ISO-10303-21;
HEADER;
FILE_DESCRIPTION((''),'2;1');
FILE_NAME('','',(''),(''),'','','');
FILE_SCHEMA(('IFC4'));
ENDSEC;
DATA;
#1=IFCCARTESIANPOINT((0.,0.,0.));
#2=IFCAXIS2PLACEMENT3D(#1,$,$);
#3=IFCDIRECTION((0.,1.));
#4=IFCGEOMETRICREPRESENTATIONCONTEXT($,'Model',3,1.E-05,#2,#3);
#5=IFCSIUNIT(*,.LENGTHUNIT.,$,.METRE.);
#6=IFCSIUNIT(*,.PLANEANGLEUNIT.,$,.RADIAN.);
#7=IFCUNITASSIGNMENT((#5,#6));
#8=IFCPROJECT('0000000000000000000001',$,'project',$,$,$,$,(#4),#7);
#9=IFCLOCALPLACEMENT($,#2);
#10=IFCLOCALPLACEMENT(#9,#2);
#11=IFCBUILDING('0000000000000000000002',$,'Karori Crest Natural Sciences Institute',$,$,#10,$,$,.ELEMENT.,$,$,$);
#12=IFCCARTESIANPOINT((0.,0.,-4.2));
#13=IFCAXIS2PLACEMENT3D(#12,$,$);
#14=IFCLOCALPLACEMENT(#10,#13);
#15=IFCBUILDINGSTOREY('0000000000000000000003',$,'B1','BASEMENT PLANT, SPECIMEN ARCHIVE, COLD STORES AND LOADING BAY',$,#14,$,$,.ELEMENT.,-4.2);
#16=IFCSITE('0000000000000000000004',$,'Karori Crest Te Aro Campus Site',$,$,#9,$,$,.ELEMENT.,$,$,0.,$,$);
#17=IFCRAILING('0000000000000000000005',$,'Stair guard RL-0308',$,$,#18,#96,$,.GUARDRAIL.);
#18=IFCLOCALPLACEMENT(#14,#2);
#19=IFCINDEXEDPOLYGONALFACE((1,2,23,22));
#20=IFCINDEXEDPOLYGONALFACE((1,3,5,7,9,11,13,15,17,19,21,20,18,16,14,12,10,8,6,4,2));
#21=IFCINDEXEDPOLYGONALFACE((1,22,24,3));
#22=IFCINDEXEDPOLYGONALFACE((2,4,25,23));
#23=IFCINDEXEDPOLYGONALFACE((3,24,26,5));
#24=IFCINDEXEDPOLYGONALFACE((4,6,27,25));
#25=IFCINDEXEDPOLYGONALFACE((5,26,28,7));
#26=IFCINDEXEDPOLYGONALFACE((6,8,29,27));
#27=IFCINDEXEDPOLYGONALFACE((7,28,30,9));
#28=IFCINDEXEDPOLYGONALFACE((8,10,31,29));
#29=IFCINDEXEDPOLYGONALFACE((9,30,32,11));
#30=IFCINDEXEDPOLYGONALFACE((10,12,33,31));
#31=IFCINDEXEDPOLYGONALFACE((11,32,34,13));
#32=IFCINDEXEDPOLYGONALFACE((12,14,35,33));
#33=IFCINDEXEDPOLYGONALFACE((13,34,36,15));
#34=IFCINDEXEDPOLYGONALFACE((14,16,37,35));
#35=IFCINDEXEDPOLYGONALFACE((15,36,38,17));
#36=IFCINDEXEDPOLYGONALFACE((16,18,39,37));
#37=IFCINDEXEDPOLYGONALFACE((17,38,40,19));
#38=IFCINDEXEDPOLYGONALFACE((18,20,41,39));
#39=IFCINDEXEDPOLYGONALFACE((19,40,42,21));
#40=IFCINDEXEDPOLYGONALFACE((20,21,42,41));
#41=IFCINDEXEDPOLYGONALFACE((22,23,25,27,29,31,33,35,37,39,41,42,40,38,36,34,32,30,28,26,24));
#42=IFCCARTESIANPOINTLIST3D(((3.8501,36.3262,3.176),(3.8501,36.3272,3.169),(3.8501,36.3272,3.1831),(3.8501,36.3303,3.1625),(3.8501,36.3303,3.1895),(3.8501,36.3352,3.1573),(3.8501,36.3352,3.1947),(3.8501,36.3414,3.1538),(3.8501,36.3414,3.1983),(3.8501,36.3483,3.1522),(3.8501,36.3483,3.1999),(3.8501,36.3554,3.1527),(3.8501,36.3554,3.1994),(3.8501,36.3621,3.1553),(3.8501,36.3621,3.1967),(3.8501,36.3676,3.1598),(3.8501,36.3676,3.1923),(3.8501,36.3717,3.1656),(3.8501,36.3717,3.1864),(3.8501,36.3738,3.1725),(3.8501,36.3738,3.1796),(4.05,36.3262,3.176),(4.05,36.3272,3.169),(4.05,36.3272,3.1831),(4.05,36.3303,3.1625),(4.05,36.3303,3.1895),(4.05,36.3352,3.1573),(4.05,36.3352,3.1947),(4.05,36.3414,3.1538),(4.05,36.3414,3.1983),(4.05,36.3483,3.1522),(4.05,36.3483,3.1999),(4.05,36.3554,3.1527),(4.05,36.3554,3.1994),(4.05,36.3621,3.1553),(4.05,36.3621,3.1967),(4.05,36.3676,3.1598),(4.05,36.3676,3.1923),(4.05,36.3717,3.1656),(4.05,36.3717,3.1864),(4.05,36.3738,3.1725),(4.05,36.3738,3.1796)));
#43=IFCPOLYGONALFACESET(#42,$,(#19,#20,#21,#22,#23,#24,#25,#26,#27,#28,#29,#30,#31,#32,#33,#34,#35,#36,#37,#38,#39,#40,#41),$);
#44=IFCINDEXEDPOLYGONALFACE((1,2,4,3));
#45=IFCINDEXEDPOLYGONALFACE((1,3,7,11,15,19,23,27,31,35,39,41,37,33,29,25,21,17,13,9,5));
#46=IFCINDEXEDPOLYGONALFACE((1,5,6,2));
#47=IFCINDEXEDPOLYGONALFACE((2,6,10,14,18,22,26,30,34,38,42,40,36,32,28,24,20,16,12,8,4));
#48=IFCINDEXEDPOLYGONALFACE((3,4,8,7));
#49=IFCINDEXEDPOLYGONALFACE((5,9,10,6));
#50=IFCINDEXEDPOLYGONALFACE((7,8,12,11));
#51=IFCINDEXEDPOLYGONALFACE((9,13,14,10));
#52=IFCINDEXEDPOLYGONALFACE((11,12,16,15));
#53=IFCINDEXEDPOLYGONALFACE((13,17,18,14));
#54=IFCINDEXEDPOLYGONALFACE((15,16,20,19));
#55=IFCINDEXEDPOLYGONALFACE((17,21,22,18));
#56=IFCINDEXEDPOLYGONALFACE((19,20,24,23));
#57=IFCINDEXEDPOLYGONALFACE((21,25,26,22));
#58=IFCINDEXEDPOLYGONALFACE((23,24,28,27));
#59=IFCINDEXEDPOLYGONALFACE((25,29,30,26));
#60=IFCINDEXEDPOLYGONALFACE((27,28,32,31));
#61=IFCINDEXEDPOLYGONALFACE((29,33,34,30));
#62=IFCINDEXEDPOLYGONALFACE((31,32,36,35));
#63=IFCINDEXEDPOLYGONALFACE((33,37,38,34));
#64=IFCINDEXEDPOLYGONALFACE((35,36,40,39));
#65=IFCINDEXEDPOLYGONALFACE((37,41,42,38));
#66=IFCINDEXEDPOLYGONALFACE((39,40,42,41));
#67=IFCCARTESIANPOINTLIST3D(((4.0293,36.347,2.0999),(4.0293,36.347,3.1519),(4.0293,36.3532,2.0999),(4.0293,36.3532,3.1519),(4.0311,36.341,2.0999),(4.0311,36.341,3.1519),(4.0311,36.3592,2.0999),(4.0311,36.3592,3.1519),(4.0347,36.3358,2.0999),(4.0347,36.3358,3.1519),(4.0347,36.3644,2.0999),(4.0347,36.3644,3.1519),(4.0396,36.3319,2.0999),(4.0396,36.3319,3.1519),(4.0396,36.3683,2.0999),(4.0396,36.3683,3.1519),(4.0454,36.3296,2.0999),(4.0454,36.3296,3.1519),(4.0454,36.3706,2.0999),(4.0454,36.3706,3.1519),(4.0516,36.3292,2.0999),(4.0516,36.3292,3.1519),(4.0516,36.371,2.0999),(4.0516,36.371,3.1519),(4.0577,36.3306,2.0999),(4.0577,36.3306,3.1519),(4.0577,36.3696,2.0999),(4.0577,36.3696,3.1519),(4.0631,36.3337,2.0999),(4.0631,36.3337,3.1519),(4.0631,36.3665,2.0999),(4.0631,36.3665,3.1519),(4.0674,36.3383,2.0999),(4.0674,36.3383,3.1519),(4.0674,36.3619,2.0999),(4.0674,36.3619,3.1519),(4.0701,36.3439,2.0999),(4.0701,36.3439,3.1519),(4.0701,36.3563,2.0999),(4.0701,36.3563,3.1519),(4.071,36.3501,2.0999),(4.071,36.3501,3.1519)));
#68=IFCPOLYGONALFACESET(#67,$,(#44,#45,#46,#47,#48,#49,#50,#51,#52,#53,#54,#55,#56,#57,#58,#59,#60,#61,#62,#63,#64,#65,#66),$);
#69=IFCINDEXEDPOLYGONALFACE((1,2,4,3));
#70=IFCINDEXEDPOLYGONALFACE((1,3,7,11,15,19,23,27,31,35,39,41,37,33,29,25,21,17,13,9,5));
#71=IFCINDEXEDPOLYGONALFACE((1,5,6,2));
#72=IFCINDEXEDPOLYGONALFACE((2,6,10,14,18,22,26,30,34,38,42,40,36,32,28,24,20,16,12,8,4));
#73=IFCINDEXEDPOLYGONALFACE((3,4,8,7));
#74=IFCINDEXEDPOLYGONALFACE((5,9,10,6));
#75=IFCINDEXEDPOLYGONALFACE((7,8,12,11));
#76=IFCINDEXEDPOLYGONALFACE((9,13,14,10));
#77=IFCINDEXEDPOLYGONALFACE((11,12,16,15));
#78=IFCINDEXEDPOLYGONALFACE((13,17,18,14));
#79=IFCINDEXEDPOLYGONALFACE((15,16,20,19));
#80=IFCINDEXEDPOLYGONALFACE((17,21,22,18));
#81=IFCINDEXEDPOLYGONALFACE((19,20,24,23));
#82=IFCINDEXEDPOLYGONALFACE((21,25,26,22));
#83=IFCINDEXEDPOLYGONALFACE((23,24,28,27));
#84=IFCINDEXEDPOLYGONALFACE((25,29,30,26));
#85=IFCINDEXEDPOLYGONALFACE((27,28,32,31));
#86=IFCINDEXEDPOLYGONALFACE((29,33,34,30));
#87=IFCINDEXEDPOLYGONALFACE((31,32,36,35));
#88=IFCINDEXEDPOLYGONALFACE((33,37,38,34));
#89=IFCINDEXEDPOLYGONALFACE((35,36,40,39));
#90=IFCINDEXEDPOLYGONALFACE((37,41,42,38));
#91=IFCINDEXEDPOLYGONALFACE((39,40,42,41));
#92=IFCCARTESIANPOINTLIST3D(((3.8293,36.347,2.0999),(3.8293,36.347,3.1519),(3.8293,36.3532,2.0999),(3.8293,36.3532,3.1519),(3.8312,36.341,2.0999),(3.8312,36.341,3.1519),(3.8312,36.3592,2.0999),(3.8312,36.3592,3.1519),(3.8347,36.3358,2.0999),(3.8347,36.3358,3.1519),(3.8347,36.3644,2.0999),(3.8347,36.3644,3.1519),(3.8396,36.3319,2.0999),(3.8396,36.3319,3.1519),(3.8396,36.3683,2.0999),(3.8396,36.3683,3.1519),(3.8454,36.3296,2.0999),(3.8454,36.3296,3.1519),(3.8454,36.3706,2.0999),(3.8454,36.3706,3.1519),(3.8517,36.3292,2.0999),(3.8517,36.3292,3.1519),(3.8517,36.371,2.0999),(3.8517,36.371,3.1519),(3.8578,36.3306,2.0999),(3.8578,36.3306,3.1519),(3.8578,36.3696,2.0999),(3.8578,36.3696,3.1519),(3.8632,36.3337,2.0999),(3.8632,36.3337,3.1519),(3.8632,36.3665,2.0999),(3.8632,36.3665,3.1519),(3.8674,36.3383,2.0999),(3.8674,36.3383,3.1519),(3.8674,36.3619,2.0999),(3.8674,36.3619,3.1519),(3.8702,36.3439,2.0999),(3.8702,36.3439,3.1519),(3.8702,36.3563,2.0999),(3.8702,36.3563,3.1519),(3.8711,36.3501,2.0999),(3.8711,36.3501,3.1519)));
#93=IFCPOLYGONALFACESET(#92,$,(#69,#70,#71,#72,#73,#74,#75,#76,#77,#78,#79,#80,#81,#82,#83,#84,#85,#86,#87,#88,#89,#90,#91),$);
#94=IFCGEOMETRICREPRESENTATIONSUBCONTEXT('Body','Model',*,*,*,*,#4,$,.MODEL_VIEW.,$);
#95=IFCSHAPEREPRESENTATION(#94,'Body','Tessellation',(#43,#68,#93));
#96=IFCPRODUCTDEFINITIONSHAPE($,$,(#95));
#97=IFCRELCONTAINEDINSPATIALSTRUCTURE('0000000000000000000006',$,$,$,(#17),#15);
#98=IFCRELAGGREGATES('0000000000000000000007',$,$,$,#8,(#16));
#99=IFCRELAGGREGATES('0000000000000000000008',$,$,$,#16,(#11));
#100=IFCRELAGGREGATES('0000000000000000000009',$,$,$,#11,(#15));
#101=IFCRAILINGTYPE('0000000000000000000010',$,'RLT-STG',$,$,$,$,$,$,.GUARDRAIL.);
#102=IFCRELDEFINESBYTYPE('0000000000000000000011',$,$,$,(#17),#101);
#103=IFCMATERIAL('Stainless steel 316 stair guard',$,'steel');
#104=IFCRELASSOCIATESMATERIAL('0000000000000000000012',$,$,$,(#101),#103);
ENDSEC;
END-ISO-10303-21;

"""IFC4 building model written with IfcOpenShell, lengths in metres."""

from ifc_helpers import new_model, si_unit, direction, frame, origin, origin_2d, place, context, subcontext, project, spatial, circle, extrude, material, type_object, element, save


model = new_model("IFC4")

# Units and contexts
model_context = context("Model", 3, precision=1e-05, world=origin(), true_north=direction((0.0, 1.0)))
body_context = subcontext(model_context, "Body", "Model", "MODEL_VIEW")
ifc_project = project(units=[si_unit("LENGTHUNIT", "METRE"), si_unit("PLANEANGLEUNIT", "RADIAN")], contexts=[model_context])

# Site, building, storey
site_placement = place(None, origin())
site = spatial("IfcSite", under=ifc_project, at=site_placement, Name="Karori Crest Te Aro Campus Site", CompositionType="ELEMENT", RefElevation=0.0)
building_placement = place(site_placement, origin())
building = spatial("IfcBuilding", under=site, at=building_placement, Name="Karori Crest Natural Sciences Institute", CompositionType="ELEMENT")
storey_placement = place(building_placement, frame((0.0, 0.0, -4.2)))
storey = spatial("IfcBuildingStorey", under=building, at=storey_placement, Name="B1", Description="BASEMENT PLANT, SPECIMEN ARCHIVE, COLD STORES AND LOADING BAY", CompositionType="ELEMENT", Elevation=-4.2)

# Railing
ifc_material_1 = material(Name="Stainless steel 316 stair guard", Category="steel")
railing_type_1 = type_object("IfcRailingType", Name="RLT-STG", PredefinedType="GUARDRAIL", material=ifc_material_1)
railing_1_placement = place(storey_placement, frame((4.05, 36.3501, 2.0999)))
element("IfcRailing", 1, at=railing_1_placement, inside=storey, type_object=railing_type_1, Name="Stair guard RL-0308", PredefinedType="GUARDRAIL", context=body_context, shape_type="SweptSolid", body=[
    extrude(circle(Radius=0.0239, at=origin_2d()), frame((0.0, 0.0, 1.0762), z_axis=(-1.0, 0.0, 0.0), x_axis=(0.0, -1.0, 0.0)), (0.0, 0.0, 1.0), 0.2),
    extrude(circle(Radius=0.021, at=origin_2d()), origin(), (0.0, 0.0, 1.0), 1.052),
    extrude(circle(Radius=0.021, at=origin_2d()), frame((-0.2, 0.0, 0.0)), (0.0, 0.0, 1.0), 1.052),
])

save(model, "model.ifc")
